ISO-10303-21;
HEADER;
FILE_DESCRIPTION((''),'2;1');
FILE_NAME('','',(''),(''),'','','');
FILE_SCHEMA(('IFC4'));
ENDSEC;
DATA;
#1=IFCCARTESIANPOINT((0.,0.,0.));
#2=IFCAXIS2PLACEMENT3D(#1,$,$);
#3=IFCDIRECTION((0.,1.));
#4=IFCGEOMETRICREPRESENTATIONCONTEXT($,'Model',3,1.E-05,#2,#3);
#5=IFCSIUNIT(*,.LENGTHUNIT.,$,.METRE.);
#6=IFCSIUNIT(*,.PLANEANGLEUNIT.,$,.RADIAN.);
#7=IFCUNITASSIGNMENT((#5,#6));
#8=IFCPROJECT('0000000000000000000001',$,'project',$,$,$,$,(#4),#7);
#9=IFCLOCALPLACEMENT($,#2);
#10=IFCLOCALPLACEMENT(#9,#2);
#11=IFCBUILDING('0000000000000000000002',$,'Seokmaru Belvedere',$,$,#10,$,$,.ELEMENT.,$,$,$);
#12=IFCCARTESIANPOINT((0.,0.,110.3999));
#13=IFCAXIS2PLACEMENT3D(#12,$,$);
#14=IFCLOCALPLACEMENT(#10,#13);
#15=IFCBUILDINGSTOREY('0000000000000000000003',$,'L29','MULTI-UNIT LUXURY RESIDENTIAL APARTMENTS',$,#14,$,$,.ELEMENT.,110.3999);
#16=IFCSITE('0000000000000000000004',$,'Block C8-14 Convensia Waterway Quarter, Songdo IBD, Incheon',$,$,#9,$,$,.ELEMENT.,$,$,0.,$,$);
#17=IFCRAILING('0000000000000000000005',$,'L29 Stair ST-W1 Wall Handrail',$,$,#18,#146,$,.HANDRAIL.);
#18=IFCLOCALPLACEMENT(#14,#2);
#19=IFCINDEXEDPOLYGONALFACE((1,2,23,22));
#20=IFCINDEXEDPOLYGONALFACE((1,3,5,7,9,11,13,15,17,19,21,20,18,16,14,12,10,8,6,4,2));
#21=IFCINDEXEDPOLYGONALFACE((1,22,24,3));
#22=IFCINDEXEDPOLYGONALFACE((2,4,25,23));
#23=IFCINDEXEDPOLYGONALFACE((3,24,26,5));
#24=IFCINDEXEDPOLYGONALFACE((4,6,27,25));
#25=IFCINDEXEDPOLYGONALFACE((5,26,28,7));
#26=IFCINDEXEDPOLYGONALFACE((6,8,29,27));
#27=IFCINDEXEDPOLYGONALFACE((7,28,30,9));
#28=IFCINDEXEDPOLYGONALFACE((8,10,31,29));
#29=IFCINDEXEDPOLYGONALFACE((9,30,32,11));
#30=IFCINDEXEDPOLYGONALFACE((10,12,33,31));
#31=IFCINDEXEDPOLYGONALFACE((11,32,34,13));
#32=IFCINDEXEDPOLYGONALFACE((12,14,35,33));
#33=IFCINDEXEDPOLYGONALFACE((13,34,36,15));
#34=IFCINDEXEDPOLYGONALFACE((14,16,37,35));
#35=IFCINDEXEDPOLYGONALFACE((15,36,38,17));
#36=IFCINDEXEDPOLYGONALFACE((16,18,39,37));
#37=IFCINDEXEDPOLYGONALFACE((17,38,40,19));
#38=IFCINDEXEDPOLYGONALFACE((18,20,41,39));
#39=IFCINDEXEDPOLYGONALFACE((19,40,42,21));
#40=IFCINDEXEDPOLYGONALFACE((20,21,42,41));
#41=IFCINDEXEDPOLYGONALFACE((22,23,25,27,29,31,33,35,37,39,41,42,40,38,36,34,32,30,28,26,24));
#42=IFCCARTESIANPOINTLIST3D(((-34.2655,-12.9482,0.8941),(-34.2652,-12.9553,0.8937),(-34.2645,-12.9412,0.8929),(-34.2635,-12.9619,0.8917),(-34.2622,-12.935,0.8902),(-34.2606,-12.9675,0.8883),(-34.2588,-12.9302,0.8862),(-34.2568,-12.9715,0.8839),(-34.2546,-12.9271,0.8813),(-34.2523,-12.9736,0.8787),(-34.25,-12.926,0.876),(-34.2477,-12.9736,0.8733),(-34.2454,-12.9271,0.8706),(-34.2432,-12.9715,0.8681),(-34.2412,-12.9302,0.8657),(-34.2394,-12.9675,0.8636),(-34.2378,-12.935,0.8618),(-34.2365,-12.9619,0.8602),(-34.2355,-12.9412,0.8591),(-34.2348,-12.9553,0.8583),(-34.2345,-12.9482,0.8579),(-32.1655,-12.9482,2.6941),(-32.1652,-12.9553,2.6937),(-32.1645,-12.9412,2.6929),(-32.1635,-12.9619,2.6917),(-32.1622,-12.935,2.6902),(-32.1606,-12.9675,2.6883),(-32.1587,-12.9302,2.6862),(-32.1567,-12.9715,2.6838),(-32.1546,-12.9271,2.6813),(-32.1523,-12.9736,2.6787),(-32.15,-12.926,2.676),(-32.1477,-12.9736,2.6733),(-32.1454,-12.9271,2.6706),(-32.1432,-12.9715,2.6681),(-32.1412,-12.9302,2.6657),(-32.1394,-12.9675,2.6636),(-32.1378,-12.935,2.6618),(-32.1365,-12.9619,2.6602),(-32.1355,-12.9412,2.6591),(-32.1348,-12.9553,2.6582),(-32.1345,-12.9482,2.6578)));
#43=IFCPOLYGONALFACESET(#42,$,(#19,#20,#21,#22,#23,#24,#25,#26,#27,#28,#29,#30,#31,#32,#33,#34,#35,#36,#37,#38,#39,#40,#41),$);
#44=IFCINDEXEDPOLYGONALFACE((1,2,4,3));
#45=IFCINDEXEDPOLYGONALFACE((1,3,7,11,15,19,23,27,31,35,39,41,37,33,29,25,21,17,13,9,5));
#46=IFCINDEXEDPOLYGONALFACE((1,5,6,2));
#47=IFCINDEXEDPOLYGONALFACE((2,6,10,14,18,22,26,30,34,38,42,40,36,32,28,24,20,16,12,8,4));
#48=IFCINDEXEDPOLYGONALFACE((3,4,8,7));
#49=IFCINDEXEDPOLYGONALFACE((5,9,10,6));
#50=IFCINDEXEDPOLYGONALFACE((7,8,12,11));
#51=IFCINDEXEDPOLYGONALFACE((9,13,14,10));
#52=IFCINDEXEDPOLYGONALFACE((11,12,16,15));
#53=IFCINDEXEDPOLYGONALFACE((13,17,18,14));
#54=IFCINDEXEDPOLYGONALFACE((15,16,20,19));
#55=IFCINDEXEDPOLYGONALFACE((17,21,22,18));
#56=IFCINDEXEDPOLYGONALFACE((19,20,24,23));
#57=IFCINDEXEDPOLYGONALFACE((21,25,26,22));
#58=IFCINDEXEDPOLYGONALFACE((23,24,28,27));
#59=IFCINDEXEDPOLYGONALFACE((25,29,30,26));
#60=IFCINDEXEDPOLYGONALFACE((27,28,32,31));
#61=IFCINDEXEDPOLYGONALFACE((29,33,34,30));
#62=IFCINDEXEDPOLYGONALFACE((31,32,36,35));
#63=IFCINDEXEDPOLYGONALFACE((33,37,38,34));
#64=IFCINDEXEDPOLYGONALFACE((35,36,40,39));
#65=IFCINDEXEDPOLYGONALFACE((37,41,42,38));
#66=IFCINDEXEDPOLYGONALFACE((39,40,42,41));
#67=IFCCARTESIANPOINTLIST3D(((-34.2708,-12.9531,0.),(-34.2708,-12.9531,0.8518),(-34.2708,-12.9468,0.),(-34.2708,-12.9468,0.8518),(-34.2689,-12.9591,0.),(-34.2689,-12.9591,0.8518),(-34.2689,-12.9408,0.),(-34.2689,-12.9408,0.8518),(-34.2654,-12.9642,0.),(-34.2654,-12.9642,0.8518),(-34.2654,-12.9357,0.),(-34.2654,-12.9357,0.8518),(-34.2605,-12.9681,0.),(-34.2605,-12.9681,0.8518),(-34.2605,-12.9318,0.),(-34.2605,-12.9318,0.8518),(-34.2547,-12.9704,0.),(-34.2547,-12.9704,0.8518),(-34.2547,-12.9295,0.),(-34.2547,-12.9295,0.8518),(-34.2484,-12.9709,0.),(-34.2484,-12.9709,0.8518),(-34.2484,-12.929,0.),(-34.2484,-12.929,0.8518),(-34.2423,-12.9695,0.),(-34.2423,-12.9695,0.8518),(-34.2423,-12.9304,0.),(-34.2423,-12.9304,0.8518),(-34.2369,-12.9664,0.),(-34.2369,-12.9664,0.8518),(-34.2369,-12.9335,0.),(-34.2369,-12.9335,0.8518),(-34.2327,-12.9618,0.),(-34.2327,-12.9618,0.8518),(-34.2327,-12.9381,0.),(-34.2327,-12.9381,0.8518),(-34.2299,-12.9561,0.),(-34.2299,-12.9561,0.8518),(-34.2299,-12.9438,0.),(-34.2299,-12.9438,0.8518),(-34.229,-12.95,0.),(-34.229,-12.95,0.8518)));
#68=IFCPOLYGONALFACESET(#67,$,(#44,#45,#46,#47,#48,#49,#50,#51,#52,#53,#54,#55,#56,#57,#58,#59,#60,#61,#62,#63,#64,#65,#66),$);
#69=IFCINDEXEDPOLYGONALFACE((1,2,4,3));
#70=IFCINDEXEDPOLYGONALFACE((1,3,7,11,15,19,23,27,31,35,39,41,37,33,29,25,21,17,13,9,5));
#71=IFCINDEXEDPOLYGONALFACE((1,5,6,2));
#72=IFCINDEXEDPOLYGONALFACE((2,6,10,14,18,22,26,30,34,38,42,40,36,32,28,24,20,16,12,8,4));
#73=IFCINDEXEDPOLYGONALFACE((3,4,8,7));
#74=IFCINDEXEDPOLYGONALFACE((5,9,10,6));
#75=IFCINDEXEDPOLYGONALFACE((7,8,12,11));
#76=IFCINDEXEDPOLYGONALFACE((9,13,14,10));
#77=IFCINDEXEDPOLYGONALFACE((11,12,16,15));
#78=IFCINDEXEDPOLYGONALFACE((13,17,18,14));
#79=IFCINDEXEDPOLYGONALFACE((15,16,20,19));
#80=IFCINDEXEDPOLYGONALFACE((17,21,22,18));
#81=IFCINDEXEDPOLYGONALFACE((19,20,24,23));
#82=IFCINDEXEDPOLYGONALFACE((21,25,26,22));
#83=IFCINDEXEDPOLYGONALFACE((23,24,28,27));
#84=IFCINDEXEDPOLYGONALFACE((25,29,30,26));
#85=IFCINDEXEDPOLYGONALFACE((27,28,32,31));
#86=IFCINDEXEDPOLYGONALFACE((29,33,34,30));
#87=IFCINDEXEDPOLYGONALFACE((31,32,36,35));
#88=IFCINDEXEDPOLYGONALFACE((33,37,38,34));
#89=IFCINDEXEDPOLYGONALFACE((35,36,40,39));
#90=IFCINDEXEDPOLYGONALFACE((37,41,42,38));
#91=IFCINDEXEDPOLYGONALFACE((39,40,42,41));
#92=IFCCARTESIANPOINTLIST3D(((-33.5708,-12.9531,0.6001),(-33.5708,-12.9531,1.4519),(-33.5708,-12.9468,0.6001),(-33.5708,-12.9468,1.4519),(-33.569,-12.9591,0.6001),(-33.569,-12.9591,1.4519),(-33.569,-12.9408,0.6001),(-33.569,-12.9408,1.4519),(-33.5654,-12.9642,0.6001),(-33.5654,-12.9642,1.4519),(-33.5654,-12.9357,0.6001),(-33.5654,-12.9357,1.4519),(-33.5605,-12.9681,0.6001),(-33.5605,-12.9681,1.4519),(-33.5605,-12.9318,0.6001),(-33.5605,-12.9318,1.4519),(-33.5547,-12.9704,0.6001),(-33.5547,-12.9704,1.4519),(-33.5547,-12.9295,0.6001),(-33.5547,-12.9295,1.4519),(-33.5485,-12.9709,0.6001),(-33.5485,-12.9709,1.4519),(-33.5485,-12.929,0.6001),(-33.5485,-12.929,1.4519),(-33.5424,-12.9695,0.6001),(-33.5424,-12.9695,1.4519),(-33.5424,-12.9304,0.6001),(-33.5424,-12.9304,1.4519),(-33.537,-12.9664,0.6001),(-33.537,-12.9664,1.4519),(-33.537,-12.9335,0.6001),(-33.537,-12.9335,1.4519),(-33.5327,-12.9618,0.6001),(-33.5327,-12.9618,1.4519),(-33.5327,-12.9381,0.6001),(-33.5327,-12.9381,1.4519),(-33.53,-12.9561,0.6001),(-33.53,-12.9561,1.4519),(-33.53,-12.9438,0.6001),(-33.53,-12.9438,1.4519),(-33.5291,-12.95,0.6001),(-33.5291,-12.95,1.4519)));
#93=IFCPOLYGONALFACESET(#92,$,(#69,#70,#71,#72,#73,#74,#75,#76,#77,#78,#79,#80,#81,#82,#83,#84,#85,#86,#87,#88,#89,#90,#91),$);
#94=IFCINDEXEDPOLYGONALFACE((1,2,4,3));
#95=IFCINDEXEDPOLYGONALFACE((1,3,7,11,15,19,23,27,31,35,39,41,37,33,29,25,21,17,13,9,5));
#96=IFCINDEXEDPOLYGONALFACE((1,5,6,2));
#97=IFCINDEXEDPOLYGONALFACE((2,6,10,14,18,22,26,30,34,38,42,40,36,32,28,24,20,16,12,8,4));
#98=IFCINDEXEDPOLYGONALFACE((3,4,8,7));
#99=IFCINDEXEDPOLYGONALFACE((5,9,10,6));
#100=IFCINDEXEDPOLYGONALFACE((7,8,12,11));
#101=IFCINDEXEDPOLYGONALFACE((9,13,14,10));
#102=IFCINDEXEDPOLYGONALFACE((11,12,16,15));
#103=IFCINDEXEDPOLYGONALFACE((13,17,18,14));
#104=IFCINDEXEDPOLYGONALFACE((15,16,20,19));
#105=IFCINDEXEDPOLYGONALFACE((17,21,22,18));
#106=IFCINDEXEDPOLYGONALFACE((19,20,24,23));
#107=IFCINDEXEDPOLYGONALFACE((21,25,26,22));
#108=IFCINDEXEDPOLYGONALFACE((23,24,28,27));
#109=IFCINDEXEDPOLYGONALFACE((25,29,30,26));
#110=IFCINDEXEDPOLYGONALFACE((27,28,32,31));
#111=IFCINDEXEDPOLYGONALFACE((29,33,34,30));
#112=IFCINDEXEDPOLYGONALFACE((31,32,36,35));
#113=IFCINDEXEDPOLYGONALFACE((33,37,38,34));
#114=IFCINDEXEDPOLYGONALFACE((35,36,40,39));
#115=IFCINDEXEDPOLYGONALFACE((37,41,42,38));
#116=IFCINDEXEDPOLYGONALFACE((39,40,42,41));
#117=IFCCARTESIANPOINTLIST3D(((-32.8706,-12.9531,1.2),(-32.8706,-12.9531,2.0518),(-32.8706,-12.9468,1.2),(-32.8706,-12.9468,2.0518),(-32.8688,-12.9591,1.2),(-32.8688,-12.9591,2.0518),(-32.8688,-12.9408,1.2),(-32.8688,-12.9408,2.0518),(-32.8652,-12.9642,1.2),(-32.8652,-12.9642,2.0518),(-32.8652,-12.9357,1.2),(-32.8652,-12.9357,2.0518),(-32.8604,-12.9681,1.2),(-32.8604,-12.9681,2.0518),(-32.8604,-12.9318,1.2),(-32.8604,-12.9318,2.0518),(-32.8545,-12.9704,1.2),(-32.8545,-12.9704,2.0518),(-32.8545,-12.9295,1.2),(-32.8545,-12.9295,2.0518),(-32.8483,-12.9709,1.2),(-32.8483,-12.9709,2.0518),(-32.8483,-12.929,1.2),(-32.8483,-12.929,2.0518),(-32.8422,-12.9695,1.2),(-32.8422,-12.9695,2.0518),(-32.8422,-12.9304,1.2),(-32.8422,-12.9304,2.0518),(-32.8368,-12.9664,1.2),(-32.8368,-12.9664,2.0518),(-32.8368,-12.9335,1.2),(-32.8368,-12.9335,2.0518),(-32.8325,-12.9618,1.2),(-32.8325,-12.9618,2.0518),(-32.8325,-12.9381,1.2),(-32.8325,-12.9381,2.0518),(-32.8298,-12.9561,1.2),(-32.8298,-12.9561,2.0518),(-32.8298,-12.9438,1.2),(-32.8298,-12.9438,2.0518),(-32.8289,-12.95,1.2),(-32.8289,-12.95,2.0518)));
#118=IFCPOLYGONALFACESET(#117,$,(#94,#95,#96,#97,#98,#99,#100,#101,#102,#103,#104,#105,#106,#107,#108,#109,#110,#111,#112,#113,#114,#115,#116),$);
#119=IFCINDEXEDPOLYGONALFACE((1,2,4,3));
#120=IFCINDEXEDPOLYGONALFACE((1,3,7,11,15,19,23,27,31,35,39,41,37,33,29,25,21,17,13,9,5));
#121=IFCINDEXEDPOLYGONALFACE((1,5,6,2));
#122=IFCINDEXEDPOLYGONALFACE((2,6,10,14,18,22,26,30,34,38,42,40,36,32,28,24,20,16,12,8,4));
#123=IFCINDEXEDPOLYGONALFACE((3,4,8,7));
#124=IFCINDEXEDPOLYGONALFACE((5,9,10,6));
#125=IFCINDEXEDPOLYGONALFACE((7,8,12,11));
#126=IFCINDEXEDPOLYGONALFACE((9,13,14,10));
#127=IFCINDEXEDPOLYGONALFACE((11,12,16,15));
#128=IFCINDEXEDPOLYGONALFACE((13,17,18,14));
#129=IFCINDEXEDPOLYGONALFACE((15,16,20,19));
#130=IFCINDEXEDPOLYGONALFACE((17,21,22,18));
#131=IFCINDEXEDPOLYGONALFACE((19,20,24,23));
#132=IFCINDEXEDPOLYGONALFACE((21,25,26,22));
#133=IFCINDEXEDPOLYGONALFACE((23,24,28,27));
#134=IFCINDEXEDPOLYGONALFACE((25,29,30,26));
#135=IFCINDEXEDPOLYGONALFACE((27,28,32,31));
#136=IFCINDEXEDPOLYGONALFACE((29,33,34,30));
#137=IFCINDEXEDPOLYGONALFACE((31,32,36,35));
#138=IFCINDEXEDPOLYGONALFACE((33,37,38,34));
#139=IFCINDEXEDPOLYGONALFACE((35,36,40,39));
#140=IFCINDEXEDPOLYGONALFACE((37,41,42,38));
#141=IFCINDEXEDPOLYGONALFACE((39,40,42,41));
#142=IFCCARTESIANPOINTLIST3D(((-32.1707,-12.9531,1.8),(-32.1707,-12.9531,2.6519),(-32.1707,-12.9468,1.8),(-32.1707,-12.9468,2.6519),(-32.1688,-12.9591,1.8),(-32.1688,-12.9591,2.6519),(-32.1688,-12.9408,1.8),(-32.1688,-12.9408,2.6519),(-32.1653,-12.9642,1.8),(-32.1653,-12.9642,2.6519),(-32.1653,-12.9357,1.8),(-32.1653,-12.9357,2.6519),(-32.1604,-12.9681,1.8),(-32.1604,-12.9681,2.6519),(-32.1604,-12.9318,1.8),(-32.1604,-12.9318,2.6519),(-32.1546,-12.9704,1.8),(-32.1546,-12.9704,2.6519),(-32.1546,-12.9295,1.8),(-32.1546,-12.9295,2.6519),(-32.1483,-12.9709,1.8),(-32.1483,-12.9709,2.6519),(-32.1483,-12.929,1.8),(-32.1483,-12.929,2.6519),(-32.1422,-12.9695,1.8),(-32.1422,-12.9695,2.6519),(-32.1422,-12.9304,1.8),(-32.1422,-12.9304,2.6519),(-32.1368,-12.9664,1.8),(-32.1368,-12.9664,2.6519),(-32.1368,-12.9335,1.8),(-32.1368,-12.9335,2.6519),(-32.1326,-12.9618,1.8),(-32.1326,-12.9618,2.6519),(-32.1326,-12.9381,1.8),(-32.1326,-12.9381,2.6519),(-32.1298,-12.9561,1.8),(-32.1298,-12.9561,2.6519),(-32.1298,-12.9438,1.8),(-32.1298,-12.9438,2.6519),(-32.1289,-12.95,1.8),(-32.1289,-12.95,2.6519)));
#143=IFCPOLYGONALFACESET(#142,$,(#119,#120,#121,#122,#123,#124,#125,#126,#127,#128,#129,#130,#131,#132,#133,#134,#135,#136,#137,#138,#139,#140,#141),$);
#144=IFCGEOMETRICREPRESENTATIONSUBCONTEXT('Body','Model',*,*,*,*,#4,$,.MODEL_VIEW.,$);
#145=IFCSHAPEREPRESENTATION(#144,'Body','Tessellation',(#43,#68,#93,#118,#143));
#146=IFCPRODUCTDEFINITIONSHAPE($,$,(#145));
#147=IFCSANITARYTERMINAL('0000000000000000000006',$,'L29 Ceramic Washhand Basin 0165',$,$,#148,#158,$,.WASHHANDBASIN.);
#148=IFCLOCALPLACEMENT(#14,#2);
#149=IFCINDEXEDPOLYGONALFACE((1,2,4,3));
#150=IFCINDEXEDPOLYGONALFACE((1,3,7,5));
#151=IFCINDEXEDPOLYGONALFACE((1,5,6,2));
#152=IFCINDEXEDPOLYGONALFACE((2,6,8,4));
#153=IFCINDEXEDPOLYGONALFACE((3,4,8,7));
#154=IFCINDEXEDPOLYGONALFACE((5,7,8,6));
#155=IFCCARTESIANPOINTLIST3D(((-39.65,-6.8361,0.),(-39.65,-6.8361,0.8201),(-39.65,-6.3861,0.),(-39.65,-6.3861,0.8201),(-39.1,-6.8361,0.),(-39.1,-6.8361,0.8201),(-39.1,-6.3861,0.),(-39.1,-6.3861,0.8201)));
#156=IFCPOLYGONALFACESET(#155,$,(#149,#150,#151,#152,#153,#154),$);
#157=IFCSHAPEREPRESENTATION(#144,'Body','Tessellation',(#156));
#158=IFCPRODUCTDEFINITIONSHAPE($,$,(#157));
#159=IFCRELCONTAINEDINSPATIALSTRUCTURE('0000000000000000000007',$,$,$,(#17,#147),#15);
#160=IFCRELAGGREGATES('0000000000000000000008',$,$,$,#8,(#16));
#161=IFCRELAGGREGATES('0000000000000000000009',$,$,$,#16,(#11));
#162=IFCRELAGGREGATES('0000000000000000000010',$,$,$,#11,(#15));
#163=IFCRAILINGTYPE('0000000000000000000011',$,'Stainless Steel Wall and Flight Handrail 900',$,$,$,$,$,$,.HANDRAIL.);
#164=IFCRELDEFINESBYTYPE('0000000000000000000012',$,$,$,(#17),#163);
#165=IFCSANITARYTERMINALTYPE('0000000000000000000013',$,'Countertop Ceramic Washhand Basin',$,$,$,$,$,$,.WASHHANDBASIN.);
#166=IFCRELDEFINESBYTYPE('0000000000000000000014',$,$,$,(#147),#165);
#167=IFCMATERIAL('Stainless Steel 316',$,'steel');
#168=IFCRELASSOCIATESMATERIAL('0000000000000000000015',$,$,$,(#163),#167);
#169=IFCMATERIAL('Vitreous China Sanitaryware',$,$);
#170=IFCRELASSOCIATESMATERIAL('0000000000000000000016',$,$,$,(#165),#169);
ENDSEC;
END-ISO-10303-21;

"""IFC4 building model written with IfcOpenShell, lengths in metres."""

from ifc_helpers import new_model, si_unit, direction, frame, origin, origin_2d, place, context, subcontext, project, spatial, rectangle, circle, extrude, source, transform, mapped, material, type_object, type_shapes, element, save


model = new_model("IFC4")

# Units and contexts
model_context = context("Model", 3, precision=1e-05, world=origin(), true_north=direction((0.0, 1.0)))
body_context = subcontext(model_context, "Body", "Model", "MODEL_VIEW")
ifc_project = project(units=[si_unit("LENGTHUNIT", "METRE"), si_unit("PLANEANGLEUNIT", "RADIAN")], contexts=[model_context])

# Site, building, storey
site_placement = place(None, origin())
site = spatial("IfcSite", under=ifc_project, at=site_placement, Name="Block C8-14 Convensia Waterway Quarter, Songdo IBD, Incheon", CompositionType="ELEMENT", RefElevation=0.0)
building_placement = place(site_placement, origin())
building = spatial("IfcBuilding", under=site, at=building_placement, Name="Seokmaru Belvedere", CompositionType="ELEMENT")
storey_placement = place(building_placement, frame((0.0, 0.0, 110.3999)))
storey = spatial("IfcBuildingStorey", under=building, at=storey_placement, Name="L29", Description="MULTI-UNIT LUXURY RESIDENTIAL APARTMENTS", CompositionType="ELEMENT", Elevation=110.3999)

# Railing
ifc_material_1 = material(Name="Stainless Steel 316", Category="steel")
railing_type_1 = type_object("IfcRailingType", Name="Stainless Steel Wall and Flight Handrail 900", PredefinedType="HANDRAIL", material=ifc_material_1)
railing_1_placement = place(storey_placement, frame((-34.25, -12.95, 0.0)))
element("IfcRailing", 1, at=railing_1_placement, inside=storey, type_object=railing_type_1, Name="L29 Stair ST-W1 Wall Handrail", PredefinedType="HANDRAIL", context=body_context, shape_type="SweptSolid", body=[
    extrude(circle(Radius=0.0239, at=origin_2d()), frame((0.0, 0.0, 0.876), z_axis=(0.759263, 0.0, 0.650784), x_axis=(0.0, 1.0, 0.0)), (0.0, 0.0, 1.0), 2.7659),
    extrude(circle(Radius=0.021, at=origin_2d()), origin(), (0.0, 0.0, 1.0), 0.8518),
    extrude(circle(Radius=0.021, at=origin_2d()), frame((0.7, 0.0, 0.6001)), (0.0, 0.0, 1.0), 0.8518),
    extrude(circle(Radius=0.021, at=origin_2d()), frame((1.4001, 0.0, 1.2)), (0.0, 0.0, 1.0), 0.8518),
    extrude(circle(Radius=0.021, at=origin_2d()), frame((2.1001, 0.0, 1.8)), (0.0, 0.0, 1.0), 0.8518),
])

# Sanitary terminal
ifc_material_2 = material(Name="Vitreous China Sanitaryware")
sanitary_terminal_type = type_object("IfcSanitaryTerminalType", Name="Countertop Ceramic Washhand Basin", PredefinedType="WASHHANDBASIN", material=ifc_material_2)
shared_shape_1 = source(origin(), body_context, "Body", "SweptSolid", [
    extrude(rectangle(XDim=0.55, YDim=0.45, at=origin_2d()), origin(), (0.0, 0.0, 1.0), 0.8201),
])
type_shapes(sanitary_terminal_type, [shared_shape_1])
sanitary_terminal_placement = place(storey_placement, frame((-39.375, -6.6111, 0.0), z_axis=(0.0, 0.0, 1.0), x_axis=(1.0, 0.0, 0.0)))
element("IfcSanitaryTerminal", 2, at=sanitary_terminal_placement, inside=storey, type_object=sanitary_terminal_type, Name="L29 Ceramic Washhand Basin 0165", PredefinedType="WASHHANDBASIN", context=body_context, shape_type="MappedRepresentation", body=[
    mapped(shared_shape_1, transform((0.0, 0.0, 0.0), scale=1.0)),
])

save(model, "model.ifc")
